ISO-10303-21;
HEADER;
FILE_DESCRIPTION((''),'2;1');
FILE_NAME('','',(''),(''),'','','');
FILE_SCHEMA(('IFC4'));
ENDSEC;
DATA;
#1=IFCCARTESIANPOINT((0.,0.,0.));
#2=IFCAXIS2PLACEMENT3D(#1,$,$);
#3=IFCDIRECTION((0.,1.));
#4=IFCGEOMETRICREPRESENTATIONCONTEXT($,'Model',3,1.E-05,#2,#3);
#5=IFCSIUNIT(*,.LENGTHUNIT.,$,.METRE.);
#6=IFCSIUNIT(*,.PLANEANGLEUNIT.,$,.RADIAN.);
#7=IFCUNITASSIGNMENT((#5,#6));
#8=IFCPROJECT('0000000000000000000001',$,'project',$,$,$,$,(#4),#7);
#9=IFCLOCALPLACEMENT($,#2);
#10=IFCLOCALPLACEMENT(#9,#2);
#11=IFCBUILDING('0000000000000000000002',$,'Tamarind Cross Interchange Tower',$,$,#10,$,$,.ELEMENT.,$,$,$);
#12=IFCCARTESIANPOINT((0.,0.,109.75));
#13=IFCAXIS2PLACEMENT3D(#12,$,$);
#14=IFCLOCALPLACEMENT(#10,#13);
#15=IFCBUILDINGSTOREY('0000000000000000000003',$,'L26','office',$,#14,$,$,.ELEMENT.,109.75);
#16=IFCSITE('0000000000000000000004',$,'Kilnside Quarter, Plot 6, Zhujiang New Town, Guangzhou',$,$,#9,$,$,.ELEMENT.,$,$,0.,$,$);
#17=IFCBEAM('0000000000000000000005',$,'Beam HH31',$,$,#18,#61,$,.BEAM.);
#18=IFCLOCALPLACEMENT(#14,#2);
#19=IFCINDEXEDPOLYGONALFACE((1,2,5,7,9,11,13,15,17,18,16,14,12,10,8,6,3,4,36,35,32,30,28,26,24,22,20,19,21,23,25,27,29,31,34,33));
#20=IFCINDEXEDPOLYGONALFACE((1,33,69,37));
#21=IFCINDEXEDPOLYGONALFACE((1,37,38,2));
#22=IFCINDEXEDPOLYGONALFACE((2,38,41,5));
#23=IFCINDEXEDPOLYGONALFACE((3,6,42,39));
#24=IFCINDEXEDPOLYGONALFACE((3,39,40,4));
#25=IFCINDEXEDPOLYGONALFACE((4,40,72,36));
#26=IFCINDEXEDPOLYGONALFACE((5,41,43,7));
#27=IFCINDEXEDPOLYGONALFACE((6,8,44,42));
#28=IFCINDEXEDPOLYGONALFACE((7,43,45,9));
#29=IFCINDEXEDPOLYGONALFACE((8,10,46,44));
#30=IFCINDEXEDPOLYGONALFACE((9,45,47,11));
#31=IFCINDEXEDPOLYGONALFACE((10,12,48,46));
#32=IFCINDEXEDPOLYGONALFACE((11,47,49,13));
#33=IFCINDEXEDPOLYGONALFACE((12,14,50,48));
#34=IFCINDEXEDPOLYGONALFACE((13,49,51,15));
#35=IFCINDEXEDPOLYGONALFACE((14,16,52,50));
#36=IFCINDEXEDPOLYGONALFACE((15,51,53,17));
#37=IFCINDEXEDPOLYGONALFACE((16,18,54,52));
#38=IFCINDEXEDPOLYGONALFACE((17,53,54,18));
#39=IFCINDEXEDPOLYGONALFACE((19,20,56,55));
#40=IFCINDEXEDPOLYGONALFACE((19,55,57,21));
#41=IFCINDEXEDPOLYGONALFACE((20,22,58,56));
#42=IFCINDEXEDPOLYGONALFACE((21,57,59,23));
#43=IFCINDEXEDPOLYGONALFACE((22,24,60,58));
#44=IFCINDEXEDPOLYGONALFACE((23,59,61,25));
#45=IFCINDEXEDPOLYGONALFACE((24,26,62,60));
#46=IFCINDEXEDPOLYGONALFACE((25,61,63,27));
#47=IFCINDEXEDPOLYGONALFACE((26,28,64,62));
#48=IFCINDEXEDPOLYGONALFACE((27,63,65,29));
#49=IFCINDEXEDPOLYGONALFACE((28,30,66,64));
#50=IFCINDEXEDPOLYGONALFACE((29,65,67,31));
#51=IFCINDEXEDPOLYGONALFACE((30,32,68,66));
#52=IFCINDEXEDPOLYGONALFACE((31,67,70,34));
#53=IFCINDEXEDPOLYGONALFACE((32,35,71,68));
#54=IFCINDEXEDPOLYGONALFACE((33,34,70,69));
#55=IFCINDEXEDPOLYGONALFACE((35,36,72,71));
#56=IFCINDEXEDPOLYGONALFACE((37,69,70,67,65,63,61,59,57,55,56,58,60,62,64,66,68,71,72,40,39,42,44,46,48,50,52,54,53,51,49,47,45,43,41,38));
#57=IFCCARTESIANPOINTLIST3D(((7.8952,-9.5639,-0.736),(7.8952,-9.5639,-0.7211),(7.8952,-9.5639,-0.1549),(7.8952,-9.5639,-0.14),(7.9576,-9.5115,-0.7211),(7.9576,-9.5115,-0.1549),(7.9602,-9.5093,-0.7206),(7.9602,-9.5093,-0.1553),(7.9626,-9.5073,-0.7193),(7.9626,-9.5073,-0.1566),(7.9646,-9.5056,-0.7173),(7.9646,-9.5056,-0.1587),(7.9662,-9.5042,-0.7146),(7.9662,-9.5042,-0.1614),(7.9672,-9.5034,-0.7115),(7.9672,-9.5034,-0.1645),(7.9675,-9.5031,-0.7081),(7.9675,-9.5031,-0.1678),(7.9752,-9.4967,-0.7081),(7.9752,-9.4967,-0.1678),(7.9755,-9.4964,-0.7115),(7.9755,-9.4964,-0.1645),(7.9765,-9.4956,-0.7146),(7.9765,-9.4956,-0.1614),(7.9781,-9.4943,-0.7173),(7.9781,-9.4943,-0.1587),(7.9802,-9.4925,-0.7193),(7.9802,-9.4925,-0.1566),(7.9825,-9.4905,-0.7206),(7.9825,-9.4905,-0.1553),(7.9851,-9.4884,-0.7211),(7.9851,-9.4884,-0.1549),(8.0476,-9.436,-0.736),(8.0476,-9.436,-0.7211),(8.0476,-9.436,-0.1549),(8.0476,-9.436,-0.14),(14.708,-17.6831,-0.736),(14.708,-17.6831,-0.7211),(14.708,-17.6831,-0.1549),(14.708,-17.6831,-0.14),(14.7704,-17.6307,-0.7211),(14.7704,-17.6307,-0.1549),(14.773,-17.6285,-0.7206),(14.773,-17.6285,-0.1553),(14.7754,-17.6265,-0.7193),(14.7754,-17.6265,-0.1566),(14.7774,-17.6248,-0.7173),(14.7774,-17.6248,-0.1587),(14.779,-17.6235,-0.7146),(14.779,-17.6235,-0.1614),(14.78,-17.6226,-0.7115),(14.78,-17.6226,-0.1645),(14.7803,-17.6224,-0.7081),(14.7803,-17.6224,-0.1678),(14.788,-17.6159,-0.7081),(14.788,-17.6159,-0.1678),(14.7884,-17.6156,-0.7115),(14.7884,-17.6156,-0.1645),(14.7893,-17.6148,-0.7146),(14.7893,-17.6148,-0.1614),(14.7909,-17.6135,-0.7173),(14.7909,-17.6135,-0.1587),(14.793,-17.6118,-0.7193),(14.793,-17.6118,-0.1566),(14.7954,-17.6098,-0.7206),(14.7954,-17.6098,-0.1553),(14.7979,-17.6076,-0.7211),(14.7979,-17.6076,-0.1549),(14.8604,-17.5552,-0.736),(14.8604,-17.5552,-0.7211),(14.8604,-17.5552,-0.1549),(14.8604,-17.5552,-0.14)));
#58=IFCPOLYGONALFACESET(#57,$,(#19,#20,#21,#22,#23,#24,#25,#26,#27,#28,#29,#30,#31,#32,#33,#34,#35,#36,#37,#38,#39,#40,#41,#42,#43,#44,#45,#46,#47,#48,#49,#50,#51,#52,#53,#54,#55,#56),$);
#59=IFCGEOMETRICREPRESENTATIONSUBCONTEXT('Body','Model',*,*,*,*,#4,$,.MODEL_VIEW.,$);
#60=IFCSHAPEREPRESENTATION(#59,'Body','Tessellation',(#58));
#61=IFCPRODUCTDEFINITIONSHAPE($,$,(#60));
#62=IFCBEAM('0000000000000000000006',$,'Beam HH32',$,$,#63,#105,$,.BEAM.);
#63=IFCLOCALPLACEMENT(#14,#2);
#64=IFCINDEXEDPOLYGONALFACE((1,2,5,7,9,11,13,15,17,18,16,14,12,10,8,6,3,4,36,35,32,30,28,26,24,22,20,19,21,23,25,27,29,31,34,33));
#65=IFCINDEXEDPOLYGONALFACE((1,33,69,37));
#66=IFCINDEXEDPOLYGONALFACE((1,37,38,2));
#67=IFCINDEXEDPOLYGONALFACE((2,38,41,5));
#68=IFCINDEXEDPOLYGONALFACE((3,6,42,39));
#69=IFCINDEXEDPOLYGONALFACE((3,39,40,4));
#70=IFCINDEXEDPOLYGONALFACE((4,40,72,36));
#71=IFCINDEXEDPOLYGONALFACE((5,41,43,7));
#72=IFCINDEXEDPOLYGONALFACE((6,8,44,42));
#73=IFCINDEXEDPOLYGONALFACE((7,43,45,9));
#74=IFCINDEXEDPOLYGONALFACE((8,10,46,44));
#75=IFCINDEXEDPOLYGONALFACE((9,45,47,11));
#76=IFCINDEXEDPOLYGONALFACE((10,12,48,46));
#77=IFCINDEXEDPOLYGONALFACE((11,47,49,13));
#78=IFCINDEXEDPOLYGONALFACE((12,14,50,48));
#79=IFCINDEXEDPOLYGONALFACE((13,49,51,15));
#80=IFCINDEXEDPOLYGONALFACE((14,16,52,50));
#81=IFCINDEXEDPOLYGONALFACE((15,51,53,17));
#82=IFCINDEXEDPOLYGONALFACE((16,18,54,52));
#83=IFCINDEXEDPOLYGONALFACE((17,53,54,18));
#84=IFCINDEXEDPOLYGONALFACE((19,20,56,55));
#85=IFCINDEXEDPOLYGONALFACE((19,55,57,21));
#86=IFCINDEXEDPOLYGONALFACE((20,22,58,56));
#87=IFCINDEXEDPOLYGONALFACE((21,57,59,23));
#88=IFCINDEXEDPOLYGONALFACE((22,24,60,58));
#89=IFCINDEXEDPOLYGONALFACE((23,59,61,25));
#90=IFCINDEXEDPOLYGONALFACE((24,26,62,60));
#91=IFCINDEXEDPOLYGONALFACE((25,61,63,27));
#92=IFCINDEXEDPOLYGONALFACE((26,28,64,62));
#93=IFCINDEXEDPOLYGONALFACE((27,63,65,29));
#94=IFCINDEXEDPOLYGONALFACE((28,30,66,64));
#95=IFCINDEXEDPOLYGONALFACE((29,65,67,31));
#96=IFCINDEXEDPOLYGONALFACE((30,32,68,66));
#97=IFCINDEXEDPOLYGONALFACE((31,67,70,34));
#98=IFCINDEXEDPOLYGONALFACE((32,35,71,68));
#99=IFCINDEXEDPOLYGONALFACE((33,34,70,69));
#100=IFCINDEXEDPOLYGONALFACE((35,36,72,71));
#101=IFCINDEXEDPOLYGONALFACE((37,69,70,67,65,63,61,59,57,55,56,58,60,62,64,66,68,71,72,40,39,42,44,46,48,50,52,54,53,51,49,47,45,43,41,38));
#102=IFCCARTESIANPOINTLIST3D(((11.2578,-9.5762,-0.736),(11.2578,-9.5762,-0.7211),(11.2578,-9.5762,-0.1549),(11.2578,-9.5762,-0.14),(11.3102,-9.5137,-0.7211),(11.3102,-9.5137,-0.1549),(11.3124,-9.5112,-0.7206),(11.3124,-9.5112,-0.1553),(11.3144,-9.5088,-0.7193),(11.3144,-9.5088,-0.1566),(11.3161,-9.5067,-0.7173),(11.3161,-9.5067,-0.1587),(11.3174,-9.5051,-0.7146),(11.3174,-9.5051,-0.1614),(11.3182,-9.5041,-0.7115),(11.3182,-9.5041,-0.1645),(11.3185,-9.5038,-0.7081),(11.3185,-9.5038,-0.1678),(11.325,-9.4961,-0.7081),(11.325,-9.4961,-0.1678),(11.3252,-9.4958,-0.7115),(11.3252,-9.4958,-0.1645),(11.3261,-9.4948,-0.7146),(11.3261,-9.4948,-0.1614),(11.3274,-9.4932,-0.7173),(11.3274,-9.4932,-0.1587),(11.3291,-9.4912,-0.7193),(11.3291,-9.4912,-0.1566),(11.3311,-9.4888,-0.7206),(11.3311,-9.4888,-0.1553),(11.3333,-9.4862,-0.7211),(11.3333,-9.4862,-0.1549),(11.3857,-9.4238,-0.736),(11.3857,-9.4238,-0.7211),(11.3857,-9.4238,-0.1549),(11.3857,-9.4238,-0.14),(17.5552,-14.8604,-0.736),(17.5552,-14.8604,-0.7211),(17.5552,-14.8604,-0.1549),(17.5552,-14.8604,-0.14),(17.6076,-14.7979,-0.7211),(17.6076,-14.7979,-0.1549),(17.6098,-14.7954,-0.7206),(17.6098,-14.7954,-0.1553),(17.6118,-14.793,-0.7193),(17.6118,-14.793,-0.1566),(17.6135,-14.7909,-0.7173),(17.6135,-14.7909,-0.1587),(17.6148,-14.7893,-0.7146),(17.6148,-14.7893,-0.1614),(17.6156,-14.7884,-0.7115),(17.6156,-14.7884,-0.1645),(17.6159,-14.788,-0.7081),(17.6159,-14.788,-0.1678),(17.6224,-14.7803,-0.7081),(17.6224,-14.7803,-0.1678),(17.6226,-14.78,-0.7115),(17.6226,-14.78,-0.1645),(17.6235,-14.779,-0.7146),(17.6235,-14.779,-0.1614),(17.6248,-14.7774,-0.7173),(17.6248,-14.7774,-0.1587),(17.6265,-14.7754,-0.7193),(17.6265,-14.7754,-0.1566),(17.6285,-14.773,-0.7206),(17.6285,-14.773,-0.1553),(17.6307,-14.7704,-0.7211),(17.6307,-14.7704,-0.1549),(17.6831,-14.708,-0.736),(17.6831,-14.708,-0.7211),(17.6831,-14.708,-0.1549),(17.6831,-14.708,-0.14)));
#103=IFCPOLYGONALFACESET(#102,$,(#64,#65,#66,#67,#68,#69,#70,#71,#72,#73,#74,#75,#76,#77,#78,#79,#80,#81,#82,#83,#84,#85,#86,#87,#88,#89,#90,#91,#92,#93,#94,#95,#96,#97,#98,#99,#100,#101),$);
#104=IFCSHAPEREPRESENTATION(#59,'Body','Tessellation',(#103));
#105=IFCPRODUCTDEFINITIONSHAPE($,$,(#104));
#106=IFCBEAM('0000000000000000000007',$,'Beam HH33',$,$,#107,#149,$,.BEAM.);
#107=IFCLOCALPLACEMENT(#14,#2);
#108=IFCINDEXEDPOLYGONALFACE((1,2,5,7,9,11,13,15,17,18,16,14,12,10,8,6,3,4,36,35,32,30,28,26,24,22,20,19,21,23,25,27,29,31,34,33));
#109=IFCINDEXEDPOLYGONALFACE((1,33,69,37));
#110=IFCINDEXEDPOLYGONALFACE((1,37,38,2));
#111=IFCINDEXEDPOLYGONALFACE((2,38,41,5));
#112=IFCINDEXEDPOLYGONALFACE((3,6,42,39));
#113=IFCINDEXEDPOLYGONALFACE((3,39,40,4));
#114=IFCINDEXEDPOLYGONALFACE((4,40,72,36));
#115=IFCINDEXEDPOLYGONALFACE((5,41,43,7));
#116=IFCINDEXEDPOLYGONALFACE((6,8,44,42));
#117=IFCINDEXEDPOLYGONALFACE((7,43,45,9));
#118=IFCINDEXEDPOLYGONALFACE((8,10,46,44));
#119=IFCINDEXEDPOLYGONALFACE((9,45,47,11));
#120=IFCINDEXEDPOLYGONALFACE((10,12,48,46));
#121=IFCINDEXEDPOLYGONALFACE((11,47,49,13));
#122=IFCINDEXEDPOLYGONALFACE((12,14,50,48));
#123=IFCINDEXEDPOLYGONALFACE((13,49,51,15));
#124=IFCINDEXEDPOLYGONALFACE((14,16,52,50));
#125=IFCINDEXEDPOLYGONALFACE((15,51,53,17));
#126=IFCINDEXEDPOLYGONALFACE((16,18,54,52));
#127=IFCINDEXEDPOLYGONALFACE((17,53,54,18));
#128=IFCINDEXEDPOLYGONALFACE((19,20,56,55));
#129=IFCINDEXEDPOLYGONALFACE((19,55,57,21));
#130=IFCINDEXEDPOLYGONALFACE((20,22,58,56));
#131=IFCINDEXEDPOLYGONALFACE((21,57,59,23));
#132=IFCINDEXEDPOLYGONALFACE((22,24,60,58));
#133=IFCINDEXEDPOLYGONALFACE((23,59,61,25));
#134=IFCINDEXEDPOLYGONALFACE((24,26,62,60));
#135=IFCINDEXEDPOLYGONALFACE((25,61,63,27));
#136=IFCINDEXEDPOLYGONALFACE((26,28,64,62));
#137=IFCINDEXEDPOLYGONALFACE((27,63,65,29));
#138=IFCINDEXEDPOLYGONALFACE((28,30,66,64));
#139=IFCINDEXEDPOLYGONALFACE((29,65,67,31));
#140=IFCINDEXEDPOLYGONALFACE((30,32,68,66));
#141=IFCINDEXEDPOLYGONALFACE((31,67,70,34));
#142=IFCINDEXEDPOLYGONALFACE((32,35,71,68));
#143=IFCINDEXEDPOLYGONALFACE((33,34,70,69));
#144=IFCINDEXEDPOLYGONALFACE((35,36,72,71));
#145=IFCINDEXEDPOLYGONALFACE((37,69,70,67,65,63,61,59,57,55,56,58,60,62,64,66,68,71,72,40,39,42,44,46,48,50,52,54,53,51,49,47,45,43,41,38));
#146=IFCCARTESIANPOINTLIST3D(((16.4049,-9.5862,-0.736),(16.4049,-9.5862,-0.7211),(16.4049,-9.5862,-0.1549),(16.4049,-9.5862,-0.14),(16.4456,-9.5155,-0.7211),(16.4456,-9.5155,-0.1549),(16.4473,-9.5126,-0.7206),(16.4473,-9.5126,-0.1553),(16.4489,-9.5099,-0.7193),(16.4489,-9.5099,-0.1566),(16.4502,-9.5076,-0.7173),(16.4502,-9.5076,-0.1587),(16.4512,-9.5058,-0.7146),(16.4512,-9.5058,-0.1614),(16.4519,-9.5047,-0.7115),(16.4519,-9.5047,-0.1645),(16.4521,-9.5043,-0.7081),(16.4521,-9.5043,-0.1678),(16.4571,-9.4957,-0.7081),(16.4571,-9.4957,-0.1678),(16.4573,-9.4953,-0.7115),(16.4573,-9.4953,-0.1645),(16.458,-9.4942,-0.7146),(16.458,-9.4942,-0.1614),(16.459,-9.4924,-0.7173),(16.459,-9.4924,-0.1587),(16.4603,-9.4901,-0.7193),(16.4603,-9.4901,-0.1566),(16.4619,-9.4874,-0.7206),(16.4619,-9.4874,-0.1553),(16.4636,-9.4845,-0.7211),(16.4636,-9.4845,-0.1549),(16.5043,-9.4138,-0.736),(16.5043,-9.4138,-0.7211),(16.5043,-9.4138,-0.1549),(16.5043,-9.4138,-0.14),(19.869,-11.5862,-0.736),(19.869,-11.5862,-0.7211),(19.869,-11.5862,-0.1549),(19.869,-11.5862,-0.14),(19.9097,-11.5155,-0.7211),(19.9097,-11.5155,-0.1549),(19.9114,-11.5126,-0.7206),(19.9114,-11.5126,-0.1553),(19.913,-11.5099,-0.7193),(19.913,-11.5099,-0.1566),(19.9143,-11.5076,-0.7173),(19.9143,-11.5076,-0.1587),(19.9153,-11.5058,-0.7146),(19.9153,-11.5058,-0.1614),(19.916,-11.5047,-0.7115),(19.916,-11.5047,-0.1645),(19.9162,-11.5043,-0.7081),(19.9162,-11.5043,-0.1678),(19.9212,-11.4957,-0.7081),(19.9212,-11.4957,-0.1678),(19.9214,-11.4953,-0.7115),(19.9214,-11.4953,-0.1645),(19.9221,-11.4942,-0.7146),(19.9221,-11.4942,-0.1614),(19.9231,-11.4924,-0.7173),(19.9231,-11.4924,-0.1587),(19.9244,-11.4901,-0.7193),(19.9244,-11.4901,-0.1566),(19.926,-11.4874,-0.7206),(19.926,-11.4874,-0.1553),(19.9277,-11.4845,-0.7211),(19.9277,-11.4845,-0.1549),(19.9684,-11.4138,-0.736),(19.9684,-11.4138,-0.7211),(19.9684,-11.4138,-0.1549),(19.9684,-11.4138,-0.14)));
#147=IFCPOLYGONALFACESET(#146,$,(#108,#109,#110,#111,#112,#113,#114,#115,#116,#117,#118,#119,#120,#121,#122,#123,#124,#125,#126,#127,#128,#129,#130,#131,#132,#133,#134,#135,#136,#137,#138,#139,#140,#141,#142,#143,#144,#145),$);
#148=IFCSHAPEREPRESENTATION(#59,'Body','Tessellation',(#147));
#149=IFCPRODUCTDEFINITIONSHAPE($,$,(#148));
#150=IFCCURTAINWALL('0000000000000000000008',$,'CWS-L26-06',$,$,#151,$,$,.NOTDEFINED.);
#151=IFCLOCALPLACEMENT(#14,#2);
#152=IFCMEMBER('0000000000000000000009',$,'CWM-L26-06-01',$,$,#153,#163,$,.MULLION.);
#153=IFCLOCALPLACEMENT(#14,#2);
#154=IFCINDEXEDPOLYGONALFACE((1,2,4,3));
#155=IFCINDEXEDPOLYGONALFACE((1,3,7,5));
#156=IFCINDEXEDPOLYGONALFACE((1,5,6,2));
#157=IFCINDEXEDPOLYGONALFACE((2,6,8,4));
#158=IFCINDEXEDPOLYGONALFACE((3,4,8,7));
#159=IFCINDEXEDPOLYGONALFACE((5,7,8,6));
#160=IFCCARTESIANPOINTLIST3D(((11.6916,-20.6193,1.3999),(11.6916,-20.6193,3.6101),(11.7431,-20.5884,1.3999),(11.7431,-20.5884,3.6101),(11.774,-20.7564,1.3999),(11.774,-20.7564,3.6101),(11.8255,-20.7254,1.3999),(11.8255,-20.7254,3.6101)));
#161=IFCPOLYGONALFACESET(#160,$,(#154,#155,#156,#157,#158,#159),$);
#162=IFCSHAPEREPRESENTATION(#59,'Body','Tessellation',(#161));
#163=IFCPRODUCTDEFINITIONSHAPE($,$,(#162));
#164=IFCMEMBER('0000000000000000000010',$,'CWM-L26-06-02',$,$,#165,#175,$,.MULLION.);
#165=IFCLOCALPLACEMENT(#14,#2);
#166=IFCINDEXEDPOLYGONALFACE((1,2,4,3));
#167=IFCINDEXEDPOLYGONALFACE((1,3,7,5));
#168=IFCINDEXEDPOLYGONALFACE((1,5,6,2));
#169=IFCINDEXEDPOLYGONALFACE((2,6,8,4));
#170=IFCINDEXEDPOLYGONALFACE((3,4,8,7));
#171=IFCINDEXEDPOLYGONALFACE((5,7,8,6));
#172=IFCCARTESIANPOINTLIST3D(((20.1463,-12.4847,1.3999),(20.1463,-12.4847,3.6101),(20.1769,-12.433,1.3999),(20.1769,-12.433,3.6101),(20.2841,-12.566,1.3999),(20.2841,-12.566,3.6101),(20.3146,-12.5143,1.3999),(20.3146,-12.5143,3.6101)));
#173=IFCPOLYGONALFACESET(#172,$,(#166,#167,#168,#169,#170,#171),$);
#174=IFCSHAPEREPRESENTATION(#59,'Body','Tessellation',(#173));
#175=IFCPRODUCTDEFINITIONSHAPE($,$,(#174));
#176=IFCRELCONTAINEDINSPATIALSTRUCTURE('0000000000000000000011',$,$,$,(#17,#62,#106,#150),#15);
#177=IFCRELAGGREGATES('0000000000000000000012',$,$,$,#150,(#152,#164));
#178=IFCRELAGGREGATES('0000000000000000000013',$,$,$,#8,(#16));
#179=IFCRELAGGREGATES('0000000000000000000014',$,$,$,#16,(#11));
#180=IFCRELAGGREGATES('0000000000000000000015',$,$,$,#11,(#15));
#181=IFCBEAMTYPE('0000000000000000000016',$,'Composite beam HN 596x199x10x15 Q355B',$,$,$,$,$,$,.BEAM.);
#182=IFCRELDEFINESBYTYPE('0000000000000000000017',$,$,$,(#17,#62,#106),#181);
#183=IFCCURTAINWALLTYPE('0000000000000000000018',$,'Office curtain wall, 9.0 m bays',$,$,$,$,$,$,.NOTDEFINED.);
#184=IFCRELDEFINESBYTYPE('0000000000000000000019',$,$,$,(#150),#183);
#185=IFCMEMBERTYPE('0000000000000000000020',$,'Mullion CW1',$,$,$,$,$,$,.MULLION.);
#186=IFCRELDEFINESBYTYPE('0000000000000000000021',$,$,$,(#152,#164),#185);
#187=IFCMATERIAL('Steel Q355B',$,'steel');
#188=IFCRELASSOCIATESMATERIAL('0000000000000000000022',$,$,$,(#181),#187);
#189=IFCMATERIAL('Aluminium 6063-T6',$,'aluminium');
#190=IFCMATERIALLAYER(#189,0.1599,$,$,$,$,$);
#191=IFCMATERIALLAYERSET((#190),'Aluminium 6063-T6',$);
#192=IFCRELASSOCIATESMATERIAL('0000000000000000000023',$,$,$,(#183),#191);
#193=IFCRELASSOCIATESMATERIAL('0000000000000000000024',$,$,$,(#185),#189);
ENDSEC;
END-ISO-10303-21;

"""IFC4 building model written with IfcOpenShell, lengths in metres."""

from ifc_helpers import new_model, si_unit, direction, frame, origin, origin_2d, place, context, subcontext, project, spatial, rectangle, i_section, extrude, material, layer, layer_set, material_profile, profile_set, type_object, element, aggregate, save


model = new_model("IFC4")

# Units and contexts
model_context = context("Model", 3, precision=1e-05, world=origin(), true_north=direction((0.0, 1.0)))
body_context = subcontext(model_context, "Body", "Model", "MODEL_VIEW")
ifc_project = project(units=[si_unit("LENGTHUNIT", "METRE"), si_unit("PLANEANGLEUNIT", "RADIAN")], contexts=[model_context])

# Site, building, storey
site_placement = place(None, origin())
site = spatial("IfcSite", under=ifc_project, at=site_placement, Name="Kilnside Quarter, Plot 6, Zhujiang New Town, Guangzhou", CompositionType="ELEMENT", RefElevation=0.0)
building_placement = place(site_placement, origin())
building = spatial("IfcBuilding", under=site, at=building_placement, Name="Tamarind Cross Interchange Tower", CompositionType="ELEMENT")
storey_placement = place(building_placement, frame((0.0, 0.0, 109.75)))
storey = spatial("IfcBuildingStorey", under=building, at=storey_placement, Name="L26", Description="office", CompositionType="ELEMENT", Elevation=109.75)

# Beams
ifc_material_1 = material(Name="Steel Q355B", Category="steel")
ifc_material_profile_1 = material_profile(ifc_material_1, i_section(OverallWidth=0.199, OverallDepth=0.5959, WebThickness=0.01, FlangeThickness=0.0149, FilletRadius=0.0129, at=origin_2d()), Name="HN 596x199x10x15")
ifc_profile_set_1 = profile_set([ifc_material_profile_1], Name="Steel Q355B")
beam_type = type_object("IfcBeamType", Name="Composite beam HN 596x199x10x15 Q355B", PredefinedType="BEAM", material=ifc_profile_set_1)
beam_1_placement = place(storey_placement, frame((14.7842, -17.6191, -0.438), z_axis=(-0.642786, 0.766046, 0.0), x_axis=(-0.766046, -0.642786, 0.0)))
element("IfcBeam", 1, at=beam_1_placement, inside=storey, type_object=beam_type, Name="Beam HH31", PredefinedType="BEAM", context=body_context, shape_type="SweptSolid", body=[
    extrude(i_section(OverallWidth=0.199, OverallDepth=0.5959, WebThickness=0.01, FlangeThickness=0.0149, FilletRadius=0.0129, at=origin_2d()), origin(), (0.0, 0.0, 1.0), 10.5989),
])
beam_2_placement = place(storey_placement, frame((17.6191, -14.7842, -0.438), z_axis=(-0.766041, 0.642792, 0.0), x_axis=(-0.642792, -0.766041, 0.0)))
element("IfcBeam", 2, at=beam_2_placement, inside=storey, type_object=beam_type, Name="Beam HH32", PredefinedType="BEAM", context=body_context, shape_type="SweptSolid", body=[
    extrude(i_section(OverallWidth=0.199, OverallDepth=0.5959, WebThickness=0.01, FlangeThickness=0.0149, FilletRadius=0.0129, at=origin_2d()), origin(), (0.0, 0.0, 1.0), 8.2207),
])
beam_3_placement = place(storey_placement, frame((19.9187, -11.5, -0.438), z_axis=(-0.866026, 0.499999, 0.0), x_axis=(-0.499999, -0.866026, 0.0)))
element("IfcBeam", 3, at=beam_3_placement, inside=storey, type_object=beam_type, Name="Beam HH33", PredefinedType="BEAM", context=body_context, shape_type="SweptSolid", body=[
    extrude(i_section(OverallWidth=0.199, OverallDepth=0.5959, WebThickness=0.01, FlangeThickness=0.0149, FilletRadius=0.0129, at=origin_2d()), origin(), (0.0, 0.0, 1.0), 4.0),
])

# Curtain wall, members
ifc_material_2 = material(Name="Aluminium 6063-T6", Category="aluminium")
ifc_layer_1 = layer(ifc_material_2, 0.1599)
ifc_layer_set_1 = layer_set([ifc_layer_1], Name="Aluminium 6063-T6")
curtain_wall_type = type_object("IfcCurtainWallType", Name="Office curtain wall, 9.0 m bays", PredefinedType="NOTDEFINED", material=ifc_layer_set_1)
curtain_wall_placement = place(storey_placement, origin())
curtain_wall = element("IfcCurtainWall", 4, at=curtain_wall_placement, inside=storey, type_object=curtain_wall_type, Name="CWS-L26-06", PredefinedType="NOTDEFINED")
ifc_material_profile_2 = material_profile(ifc_material_2, rectangle(XDim=0.0601, YDim=0.1599, at=origin_2d()), Name="Mullion CW1")
ifc_profile_set_2 = profile_set([ifc_material_profile_2], Name="Aluminium 6063-T6")
member_type = type_object("IfcMemberType", Name="Mullion CW1", PredefinedType="MULLION", material=ifc_profile_set_2)
member_1_placement = place(storey_placement, frame((11.7585, -20.6724, 1.3999), z_axis=(0.0, 0.0, 1.0), x_axis=(0.856843, 0.515577, 0.0)))
member_1 = element("IfcMember", 5, at=member_1_placement, type_object=member_type, Name="CWM-L26-06-01", PredefinedType="MULLION", context=body_context, shape_type="SweptSolid", body=[
    extrude(rectangle(XDim=0.0601, YDim=0.1599, at=origin_2d()), origin(), (0.0, 0.0, 1.0), 2.2102),
])
member_2_placement = place(storey_placement, frame((20.2305, -12.4995, 1.3999), z_axis=(0.0, 0.0, 1.0), x_axis=(0.508183, 0.861249, 0.0)))
member_2 = element("IfcMember", 6, at=member_2_placement, type_object=member_type, Name="CWM-L26-06-02", PredefinedType="MULLION", context=body_context, shape_type="SweptSolid", body=[
    extrude(rectangle(XDim=0.0601, YDim=0.1599, at=origin_2d()), origin(), (0.0, 0.0, 1.0), 2.2102),
])
aggregate(curtain_wall, [member_1, member_2])

save(model, "model.ifc")
